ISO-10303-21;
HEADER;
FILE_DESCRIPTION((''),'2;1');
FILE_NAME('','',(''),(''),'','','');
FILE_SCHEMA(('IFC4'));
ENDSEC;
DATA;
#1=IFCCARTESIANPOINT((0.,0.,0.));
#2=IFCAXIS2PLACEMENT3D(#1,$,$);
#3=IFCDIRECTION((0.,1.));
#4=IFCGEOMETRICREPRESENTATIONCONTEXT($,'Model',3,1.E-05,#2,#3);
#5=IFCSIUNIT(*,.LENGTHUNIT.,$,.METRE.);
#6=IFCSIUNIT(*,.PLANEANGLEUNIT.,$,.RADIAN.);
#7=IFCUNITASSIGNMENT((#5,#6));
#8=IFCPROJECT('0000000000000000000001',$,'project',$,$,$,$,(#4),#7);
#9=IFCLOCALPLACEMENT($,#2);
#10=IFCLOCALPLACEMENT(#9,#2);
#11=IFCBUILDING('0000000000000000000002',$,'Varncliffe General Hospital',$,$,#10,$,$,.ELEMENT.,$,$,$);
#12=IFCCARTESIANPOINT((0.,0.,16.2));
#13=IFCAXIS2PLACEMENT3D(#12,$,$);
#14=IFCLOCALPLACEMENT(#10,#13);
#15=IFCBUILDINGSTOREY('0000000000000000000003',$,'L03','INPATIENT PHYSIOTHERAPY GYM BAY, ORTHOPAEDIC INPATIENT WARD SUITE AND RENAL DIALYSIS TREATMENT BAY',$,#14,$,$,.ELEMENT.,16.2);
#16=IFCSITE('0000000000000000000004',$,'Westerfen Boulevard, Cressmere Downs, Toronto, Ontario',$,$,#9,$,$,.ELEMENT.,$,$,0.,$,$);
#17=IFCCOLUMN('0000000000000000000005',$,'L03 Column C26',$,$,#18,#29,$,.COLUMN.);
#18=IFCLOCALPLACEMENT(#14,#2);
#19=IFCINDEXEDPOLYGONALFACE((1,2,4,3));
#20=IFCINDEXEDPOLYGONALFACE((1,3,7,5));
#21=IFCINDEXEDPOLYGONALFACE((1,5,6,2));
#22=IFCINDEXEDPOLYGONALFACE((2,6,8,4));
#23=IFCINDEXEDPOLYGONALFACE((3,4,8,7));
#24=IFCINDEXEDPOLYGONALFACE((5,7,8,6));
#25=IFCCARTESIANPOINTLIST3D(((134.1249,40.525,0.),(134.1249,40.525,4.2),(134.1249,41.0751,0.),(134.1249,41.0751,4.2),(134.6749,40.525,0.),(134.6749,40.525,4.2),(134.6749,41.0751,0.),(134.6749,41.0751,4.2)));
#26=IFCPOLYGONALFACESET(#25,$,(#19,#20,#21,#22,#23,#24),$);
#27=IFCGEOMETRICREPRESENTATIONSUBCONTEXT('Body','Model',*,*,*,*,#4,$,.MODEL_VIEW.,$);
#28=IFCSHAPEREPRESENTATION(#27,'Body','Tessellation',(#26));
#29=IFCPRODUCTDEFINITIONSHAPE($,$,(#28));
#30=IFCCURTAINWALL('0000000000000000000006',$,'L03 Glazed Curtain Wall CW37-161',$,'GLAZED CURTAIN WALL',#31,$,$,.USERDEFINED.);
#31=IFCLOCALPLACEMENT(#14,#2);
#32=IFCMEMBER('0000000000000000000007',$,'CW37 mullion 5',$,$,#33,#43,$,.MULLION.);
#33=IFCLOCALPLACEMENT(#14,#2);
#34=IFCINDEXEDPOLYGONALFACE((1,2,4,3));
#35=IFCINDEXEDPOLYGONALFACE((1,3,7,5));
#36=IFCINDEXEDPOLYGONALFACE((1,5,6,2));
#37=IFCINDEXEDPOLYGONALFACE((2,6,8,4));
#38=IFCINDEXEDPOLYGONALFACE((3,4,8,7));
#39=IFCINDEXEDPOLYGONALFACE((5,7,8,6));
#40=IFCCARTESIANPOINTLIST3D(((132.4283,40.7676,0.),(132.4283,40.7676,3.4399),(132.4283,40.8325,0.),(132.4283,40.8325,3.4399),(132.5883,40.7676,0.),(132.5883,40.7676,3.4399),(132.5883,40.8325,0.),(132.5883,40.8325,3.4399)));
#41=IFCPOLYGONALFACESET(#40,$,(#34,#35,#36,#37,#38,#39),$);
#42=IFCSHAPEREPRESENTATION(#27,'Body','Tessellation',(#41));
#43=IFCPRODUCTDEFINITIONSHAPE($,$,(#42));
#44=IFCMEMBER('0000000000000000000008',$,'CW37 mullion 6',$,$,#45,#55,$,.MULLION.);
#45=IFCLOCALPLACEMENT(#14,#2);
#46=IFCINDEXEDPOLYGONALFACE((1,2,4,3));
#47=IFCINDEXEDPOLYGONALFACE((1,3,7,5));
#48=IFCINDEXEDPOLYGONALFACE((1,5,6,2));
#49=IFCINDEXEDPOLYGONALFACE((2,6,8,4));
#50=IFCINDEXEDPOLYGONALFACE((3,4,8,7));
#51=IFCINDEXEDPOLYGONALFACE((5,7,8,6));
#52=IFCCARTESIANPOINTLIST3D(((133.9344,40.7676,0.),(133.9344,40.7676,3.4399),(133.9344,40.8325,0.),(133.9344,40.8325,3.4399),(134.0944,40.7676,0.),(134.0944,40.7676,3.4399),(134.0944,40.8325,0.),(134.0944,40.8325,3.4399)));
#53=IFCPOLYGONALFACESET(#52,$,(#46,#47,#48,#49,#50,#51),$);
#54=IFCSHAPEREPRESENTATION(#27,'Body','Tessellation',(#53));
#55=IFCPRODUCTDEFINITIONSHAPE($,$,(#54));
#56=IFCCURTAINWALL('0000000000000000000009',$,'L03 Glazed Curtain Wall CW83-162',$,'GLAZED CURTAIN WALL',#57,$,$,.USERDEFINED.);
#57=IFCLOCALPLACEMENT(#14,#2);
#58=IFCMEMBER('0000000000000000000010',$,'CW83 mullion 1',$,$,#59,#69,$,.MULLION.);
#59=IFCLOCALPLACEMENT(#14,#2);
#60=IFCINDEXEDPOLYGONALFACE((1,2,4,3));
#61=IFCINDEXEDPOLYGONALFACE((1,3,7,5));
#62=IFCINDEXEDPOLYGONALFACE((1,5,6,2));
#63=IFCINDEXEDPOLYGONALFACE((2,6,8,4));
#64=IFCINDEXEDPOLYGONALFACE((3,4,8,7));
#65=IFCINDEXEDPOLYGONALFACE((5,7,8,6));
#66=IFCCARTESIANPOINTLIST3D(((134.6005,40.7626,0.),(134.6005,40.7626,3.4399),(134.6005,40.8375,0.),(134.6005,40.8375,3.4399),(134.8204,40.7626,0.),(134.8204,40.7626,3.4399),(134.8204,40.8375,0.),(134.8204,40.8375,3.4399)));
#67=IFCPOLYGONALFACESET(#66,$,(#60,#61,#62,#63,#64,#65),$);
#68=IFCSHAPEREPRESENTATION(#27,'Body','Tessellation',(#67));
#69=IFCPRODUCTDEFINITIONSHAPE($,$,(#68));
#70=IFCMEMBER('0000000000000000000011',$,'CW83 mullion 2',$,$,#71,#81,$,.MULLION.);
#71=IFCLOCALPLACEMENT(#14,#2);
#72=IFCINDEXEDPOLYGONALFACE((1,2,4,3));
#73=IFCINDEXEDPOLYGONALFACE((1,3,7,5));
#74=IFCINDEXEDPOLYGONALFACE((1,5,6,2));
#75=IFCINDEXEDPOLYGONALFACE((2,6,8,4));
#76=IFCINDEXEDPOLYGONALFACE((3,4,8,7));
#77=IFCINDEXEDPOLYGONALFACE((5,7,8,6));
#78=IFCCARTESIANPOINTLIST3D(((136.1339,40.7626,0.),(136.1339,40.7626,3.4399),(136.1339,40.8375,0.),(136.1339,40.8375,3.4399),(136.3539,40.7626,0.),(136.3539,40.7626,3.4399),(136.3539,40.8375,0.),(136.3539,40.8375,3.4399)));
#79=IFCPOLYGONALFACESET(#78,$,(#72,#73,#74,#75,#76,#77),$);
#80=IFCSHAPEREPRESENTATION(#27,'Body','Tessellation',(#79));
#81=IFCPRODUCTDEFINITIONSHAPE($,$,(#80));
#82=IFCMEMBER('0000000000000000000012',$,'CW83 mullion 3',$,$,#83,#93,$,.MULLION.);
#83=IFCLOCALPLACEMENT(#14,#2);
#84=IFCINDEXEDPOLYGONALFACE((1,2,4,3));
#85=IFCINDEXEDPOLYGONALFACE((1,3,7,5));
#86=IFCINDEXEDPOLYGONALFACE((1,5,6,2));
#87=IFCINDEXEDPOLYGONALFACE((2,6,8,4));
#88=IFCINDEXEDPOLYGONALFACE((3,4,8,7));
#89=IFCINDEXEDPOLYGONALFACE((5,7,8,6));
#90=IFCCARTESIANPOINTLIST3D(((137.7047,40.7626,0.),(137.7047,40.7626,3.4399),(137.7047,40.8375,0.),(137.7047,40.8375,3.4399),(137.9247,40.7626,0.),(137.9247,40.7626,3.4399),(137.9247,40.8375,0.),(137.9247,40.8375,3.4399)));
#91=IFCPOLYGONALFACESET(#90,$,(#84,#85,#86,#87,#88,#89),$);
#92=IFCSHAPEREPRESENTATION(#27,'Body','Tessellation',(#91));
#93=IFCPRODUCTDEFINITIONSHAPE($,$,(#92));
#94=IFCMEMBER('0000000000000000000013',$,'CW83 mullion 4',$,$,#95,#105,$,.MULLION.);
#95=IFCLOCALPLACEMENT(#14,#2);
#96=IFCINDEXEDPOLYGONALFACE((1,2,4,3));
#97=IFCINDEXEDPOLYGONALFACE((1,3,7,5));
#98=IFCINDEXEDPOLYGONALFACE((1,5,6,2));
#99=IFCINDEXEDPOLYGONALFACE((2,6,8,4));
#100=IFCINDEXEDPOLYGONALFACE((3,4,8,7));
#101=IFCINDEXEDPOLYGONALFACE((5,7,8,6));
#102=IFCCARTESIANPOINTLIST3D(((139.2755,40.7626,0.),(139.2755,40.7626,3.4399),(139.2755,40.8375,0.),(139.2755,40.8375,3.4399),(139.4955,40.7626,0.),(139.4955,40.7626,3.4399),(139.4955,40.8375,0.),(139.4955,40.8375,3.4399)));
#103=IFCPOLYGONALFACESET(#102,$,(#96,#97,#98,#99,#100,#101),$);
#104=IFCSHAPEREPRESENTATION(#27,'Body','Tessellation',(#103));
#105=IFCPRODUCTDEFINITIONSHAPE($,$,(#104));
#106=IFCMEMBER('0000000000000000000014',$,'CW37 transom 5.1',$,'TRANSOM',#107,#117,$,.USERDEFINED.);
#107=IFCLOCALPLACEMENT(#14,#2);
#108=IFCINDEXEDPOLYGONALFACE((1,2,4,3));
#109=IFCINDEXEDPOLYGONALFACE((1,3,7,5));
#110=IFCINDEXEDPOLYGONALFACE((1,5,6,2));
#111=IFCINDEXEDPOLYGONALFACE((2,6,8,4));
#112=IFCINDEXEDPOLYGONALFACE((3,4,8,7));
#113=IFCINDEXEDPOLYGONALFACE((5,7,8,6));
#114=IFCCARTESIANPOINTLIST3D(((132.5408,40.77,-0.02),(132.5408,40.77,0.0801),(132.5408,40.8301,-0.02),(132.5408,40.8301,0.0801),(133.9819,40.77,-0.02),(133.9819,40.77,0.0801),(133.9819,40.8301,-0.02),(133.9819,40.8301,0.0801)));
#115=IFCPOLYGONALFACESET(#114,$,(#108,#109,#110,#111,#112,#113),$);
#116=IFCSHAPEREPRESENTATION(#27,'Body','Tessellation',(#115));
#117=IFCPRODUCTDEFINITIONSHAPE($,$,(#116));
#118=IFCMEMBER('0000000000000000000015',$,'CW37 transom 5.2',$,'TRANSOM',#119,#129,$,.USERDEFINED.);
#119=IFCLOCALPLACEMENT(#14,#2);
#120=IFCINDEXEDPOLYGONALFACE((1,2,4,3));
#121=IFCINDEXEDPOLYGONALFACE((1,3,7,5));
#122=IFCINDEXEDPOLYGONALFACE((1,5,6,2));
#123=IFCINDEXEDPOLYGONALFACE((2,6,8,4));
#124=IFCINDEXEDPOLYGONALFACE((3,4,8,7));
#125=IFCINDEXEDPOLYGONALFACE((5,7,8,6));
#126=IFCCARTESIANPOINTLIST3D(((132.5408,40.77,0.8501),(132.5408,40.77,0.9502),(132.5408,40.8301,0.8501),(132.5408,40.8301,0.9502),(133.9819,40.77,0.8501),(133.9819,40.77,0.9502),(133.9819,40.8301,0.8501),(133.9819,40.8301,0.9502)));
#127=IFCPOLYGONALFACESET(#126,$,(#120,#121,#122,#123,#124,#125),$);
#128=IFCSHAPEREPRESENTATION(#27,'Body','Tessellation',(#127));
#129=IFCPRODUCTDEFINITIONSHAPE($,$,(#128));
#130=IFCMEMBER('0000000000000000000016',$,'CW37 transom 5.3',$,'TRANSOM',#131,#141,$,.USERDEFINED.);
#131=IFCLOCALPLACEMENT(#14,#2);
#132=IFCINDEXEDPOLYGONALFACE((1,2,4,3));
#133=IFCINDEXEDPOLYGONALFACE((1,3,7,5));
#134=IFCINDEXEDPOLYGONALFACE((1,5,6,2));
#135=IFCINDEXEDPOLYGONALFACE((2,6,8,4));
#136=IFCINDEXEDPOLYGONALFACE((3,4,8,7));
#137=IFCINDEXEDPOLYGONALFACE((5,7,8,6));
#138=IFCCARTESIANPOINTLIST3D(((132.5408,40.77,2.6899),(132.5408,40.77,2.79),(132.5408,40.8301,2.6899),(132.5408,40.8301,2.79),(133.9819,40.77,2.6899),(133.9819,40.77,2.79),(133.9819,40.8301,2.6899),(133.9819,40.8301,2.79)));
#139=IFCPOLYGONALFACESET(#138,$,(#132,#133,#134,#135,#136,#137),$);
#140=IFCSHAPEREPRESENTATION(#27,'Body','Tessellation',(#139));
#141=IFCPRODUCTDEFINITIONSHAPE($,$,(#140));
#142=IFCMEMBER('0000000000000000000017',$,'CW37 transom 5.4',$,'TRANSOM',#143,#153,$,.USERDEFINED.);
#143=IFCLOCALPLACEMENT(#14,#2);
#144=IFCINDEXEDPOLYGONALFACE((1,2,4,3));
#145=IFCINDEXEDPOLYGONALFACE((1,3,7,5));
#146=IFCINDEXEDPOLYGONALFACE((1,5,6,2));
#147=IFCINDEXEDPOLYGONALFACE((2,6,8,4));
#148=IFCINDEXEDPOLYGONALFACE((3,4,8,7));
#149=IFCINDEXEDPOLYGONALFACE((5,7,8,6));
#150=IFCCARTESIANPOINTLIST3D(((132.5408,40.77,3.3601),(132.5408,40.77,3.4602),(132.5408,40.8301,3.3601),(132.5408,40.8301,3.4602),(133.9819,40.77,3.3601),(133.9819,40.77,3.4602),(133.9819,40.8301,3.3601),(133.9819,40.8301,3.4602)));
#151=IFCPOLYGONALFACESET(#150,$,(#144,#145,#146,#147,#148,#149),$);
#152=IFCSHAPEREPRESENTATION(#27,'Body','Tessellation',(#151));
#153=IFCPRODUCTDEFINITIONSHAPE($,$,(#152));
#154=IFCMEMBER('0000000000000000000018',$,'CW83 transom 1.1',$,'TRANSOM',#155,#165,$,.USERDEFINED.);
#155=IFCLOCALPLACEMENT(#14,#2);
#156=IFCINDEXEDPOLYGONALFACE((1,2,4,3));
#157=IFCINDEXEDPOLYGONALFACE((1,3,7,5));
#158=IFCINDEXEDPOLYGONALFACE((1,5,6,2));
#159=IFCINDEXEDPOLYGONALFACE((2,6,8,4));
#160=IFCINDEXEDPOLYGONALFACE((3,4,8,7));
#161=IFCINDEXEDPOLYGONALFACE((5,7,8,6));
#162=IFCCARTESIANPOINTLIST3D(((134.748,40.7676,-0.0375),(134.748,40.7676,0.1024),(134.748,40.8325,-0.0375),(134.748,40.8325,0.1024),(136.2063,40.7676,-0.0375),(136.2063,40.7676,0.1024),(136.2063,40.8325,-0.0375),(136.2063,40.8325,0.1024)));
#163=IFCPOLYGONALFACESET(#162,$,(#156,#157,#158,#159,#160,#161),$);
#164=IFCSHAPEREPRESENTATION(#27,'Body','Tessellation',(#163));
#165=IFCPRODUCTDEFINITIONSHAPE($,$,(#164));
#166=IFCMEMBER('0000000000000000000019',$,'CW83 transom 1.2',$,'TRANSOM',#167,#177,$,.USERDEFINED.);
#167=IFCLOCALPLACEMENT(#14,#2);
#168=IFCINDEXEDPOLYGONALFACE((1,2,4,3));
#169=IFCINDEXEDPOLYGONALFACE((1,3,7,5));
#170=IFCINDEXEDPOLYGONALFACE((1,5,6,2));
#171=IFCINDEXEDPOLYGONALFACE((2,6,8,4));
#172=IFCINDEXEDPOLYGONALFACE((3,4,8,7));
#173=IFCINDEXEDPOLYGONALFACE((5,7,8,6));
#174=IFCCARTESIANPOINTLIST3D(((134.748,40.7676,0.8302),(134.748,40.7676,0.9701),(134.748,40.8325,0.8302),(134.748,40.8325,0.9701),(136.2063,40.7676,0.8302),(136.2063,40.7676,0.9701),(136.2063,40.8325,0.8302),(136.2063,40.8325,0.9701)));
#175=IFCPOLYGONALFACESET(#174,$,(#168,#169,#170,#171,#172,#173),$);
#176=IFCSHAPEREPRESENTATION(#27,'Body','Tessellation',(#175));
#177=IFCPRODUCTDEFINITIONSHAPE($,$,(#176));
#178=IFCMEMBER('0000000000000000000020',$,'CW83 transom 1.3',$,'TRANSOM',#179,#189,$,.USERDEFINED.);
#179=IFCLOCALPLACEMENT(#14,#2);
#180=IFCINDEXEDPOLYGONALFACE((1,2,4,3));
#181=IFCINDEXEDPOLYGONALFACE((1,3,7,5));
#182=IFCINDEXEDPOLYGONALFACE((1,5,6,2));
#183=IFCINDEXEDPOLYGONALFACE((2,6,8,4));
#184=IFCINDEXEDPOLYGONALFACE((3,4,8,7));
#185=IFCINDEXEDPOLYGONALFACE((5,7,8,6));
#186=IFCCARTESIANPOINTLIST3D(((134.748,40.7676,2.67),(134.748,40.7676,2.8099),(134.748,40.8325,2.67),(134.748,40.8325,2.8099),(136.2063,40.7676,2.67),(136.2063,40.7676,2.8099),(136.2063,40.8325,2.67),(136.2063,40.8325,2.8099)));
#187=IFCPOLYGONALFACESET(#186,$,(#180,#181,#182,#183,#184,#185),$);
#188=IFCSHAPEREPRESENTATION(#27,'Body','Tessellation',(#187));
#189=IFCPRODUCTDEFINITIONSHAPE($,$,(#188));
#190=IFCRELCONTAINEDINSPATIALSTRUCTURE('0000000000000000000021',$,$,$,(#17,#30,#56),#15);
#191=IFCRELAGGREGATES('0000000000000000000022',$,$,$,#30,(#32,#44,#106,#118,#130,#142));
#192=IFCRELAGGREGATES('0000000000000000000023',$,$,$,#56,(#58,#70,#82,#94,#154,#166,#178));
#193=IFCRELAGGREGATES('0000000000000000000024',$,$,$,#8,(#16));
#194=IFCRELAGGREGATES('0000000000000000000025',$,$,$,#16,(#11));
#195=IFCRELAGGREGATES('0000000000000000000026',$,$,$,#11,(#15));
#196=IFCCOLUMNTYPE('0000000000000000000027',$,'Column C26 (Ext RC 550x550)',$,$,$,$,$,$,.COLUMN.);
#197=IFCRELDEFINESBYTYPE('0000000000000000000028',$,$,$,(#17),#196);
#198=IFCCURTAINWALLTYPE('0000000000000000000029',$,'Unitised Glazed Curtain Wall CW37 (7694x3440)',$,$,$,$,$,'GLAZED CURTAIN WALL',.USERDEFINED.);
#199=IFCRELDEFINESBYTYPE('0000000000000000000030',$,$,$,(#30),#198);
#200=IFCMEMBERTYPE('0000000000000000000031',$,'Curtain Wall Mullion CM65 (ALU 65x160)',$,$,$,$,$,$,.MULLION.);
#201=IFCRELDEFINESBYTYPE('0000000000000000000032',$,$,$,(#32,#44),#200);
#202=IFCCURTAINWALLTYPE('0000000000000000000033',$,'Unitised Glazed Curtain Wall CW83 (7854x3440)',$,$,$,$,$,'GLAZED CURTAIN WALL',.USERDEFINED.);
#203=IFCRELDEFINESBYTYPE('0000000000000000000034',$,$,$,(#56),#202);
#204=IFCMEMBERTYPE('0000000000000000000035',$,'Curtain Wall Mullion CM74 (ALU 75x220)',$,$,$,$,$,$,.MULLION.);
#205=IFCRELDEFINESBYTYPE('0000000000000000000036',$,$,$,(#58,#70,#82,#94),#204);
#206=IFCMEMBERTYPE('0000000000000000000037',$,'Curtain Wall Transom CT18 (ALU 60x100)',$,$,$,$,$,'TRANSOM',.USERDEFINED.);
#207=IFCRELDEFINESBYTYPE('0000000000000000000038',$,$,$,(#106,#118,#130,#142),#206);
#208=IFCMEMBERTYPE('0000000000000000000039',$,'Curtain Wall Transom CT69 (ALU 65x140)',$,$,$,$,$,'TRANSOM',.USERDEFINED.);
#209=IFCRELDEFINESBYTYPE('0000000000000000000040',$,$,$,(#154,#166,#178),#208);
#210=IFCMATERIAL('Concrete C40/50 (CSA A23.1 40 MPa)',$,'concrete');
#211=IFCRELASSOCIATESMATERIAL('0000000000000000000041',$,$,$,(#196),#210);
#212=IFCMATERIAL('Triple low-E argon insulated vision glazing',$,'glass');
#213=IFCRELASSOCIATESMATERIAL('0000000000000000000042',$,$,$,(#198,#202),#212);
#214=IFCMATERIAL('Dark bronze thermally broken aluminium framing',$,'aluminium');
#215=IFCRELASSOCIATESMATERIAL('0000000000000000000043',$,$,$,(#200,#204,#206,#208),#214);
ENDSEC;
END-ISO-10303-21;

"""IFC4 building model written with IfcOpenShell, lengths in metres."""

from ifc_helpers import new_model, si_unit, direction, frame, origin, origin_2d, place, context, subcontext, project, spatial, rectangle, extrude, material, material_profile, profile_set, type_object, element, aggregate, save


model = new_model("IFC4")

# Units and contexts
model_context = context("Model", 3, precision=1e-05, world=origin(), true_north=direction((0.0, 1.0)))
body_context = subcontext(model_context, "Body", "Model", "MODEL_VIEW")
ifc_project = project(units=[si_unit("LENGTHUNIT", "METRE"), si_unit("PLANEANGLEUNIT", "RADIAN")], contexts=[model_context])

# Site, building, storey
site_placement = place(None, origin())
site = spatial("IfcSite", under=ifc_project, at=site_placement, Name="Westerfen Boulevard, Cressmere Downs, Toronto, Ontario", CompositionType="ELEMENT", RefElevation=0.0)
building_placement = place(site_placement, origin())
building = spatial("IfcBuilding", under=site, at=building_placement, Name="Varncliffe General Hospital", CompositionType="ELEMENT")
storey_placement = place(building_placement, frame((0.0, 0.0, 16.2)))
storey = spatial("IfcBuildingStorey", under=building, at=storey_placement, Name="L03", Description="INPATIENT PHYSIOTHERAPY GYM BAY, ORTHOPAEDIC INPATIENT WARD SUITE AND RENAL DIALYSIS TREATMENT BAY", CompositionType="ELEMENT", Elevation=16.2)

# Column
ifc_material_1 = material(Name="Concrete C40/50 (CSA A23.1 40 MPa)", Category="concrete")
ifc_material_profile_1 = material_profile(ifc_material_1, rectangle(XDim=0.55, YDim=0.55, at=origin_2d()), Name="RC 550x550")
ifc_profile_set_1 = profile_set([ifc_material_profile_1], Name="Concrete C40/50 (CSA A23.1 40 MPa)")
column_type = type_object("IfcColumnType", Name="Column C26 (Ext RC 550x550)", PredefinedType="COLUMN", material=ifc_profile_set_1)
column_placement = place(storey_placement, frame((134.3999, 40.8, 0.0), z_axis=(0.0, 0.0, 1.0), x_axis=(1.0, 0.0, 0.0)))
element("IfcColumn", 1, at=column_placement, inside=storey, type_object=column_type, Name="L03 Column C26", PredefinedType="COLUMN", context=body_context, shape_type="SweptSolid", body=[
    extrude(rectangle(XDim=0.55, YDim=0.55, at=origin_2d()), origin(), (0.0, 0.0, 1.0), 4.2),
])

# Curtain walls, members
ifc_material_2 = material(Name="Triple low-E argon insulated vision glazing", Category="glass")
curtain_wall_type_1 = type_object("IfcCurtainWallType", Name="Unitised Glazed Curtain Wall CW37 (7694x3440)", ElementType="GLAZED CURTAIN WALL", PredefinedType="USERDEFINED", material=ifc_material_2)
curtain_wall_1_placement = place(storey_placement, origin())
curtain_wall_1 = element("IfcCurtainWall", 2, at=curtain_wall_1_placement, inside=storey, type_object=curtain_wall_type_1, Name="L03 Glazed Curtain Wall CW37-161", ObjectType="GLAZED CURTAIN WALL", PredefinedType="USERDEFINED")
ifc_material_3 = material(Name="Dark bronze thermally broken aluminium framing", Category="aluminium")
ifc_material_profile_2 = material_profile(ifc_material_3, rectangle(XDim=0.0649, YDim=0.1599, at=origin_2d()), Name="ALU 65x160")
ifc_profile_set_2 = profile_set([ifc_material_profile_2], Name="Dark bronze thermally broken aluminium framing")
member_type_1 = type_object("IfcMemberType", Name="Curtain Wall Mullion CM65 (ALU 65x160)", PredefinedType="MULLION", material=ifc_profile_set_2)
member_1_placement = place(storey_placement, frame((132.5083, 40.8, 0.0), z_axis=(0.0, 0.0, 1.0), x_axis=(0.0, 1.0, 0.0)))
member_1 = element("IfcMember", 3, at=member_1_placement, type_object=member_type_1, Name="CW37 mullion 5", PredefinedType="MULLION", context=body_context, shape_type="SweptSolid", body=[
    extrude(rectangle(XDim=0.0649, YDim=0.1599, at=origin_2d()), origin(), (0.0, 0.0, 1.0), 3.4399),
])
member_2_placement = place(storey_placement, frame((134.0144, 40.8, 0.0), z_axis=(0.0, 0.0, 1.0), x_axis=(0.0, 1.0, 0.0)))
member_2 = element("IfcMember", 4, at=member_2_placement, type_object=member_type_1, Name="CW37 mullion 6", PredefinedType="MULLION", context=body_context, shape_type="SweptSolid", body=[
    extrude(rectangle(XDim=0.0649, YDim=0.1599, at=origin_2d()), origin(), (0.0, 0.0, 1.0), 3.4399),
])
curtain_wall_type_2 = type_object("IfcCurtainWallType", Name="Unitised Glazed Curtain Wall CW83 (7854x3440)", ElementType="GLAZED CURTAIN WALL", PredefinedType="USERDEFINED", material=ifc_material_2)
curtain_wall_2_placement = place(storey_placement, origin())
curtain_wall_2 = element("IfcCurtainWall", 5, at=curtain_wall_2_placement, inside=storey, type_object=curtain_wall_type_2, Name="L03 Glazed Curtain Wall CW83-162", ObjectType="GLAZED CURTAIN WALL", PredefinedType="USERDEFINED")
ifc_material_profile_3 = material_profile(ifc_material_3, rectangle(XDim=0.075, YDim=0.22, at=origin_2d()), Name="ALU 75x220")
ifc_profile_set_3 = profile_set([ifc_material_profile_3], Name="Dark bronze thermally broken aluminium framing")
member_type_2 = type_object("IfcMemberType", Name="Curtain Wall Mullion CM74 (ALU 75x220)", PredefinedType="MULLION", material=ifc_profile_set_3)
member_3_placement = place(storey_placement, frame((134.7104, 40.8, 0.0), z_axis=(0.0, 0.0, 1.0), x_axis=(0.0, 1.0, 0.0)))
member_3 = element("IfcMember", 6, at=member_3_placement, type_object=member_type_2, Name="CW83 mullion 1", PredefinedType="MULLION", context=body_context, shape_type="SweptSolid", body=[
    extrude(rectangle(XDim=0.075, YDim=0.22, at=origin_2d()), origin(), (0.0, 0.0, 1.0), 3.4399),
])
member_4_placement = place(storey_placement, frame((136.2439, 40.8, 0.0), z_axis=(0.0, 0.0, 1.0), x_axis=(0.0, 1.0, 0.0)))
member_4 = element("IfcMember", 7, at=member_4_placement, type_object=member_type_2, Name="CW83 mullion 2", PredefinedType="MULLION", context=body_context, shape_type="SweptSolid", body=[
    extrude(rectangle(XDim=0.075, YDim=0.22, at=origin_2d()), origin(), (0.0, 0.0, 1.0), 3.4399),
])
member_5_placement = place(storey_placement, frame((137.8147, 40.8, 0.0), z_axis=(0.0, 0.0, 1.0), x_axis=(0.0, 1.0, 0.0)))
member_5 = element("IfcMember", 8, at=member_5_placement, type_object=member_type_2, Name="CW83 mullion 3", PredefinedType="MULLION", context=body_context, shape_type="SweptSolid", body=[
    extrude(rectangle(XDim=0.075, YDim=0.22, at=origin_2d()), origin(), (0.0, 0.0, 1.0), 3.4399),
])
member_6_placement = place(storey_placement, frame((139.3855, 40.8, 0.0), z_axis=(0.0, 0.0, 1.0), x_axis=(0.0, 1.0, 0.0)))
member_6 = element("IfcMember", 9, at=member_6_placement, type_object=member_type_2, Name="CW83 mullion 4", PredefinedType="MULLION", context=body_context, shape_type="SweptSolid", body=[
    extrude(rectangle(XDim=0.075, YDim=0.22, at=origin_2d()), origin(), (0.0, 0.0, 1.0), 3.4399),
])

# Members
ifc_material_profile_4 = material_profile(ifc_material_3, rectangle(XDim=0.0601, YDim=0.1001, at=origin_2d()), Name="ALU 60x100")
ifc_profile_set_4 = profile_set([ifc_material_profile_4], Name="Dark bronze thermally broken aluminium framing")
member_type_3 = type_object("IfcMemberType", Name="Curtain Wall Transom CT18 (ALU 60x100)", ElementType="TRANSOM", PredefinedType="USERDEFINED", material=ifc_profile_set_4)
member_7_placement = place(storey_placement, frame((132.5408, 40.8, 0.03), z_axis=(1.0, 0.0, 0.0), x_axis=(0.0, 1.0, 0.0)))
member_7 = element("IfcMember", 10, at=member_7_placement, type_object=member_type_3, Name="CW37 transom 5.1", ObjectType="TRANSOM", PredefinedType="USERDEFINED", context=body_context, shape_type="SweptSolid", body=[
    extrude(rectangle(XDim=0.0601, YDim=0.1001, at=origin_2d()), origin(), (0.0, 0.0, 1.0), 1.4412),
])
member_8_placement = place(storey_placement, frame((132.5408, 40.8, 0.9001), z_axis=(1.0, 0.0, 0.0), x_axis=(0.0, 1.0, 0.0)))
member_8 = element("IfcMember", 11, at=member_8_placement, type_object=member_type_3, Name="CW37 transom 5.2", ObjectType="TRANSOM", PredefinedType="USERDEFINED", context=body_context, shape_type="SweptSolid", body=[
    extrude(rectangle(XDim=0.0601, YDim=0.1001, at=origin_2d()), origin(), (0.0, 0.0, 1.0), 1.4412),
])
member_9_placement = place(storey_placement, frame((132.5408, 40.8, 2.74), z_axis=(1.0, 0.0, 0.0), x_axis=(0.0, 1.0, 0.0)))
member_9 = element("IfcMember", 12, at=member_9_placement, type_object=member_type_3, Name="CW37 transom 5.3", ObjectType="TRANSOM", PredefinedType="USERDEFINED", context=body_context, shape_type="SweptSolid", body=[
    extrude(rectangle(XDim=0.0601, YDim=0.1001, at=origin_2d()), origin(), (0.0, 0.0, 1.0), 1.4412),
])
member_10_placement = place(storey_placement, frame((132.5408, 40.8, 3.4102), z_axis=(1.0, 0.0, 0.0), x_axis=(0.0, 1.0, 0.0)))
member_10 = element("IfcMember", 13, at=member_10_placement, type_object=member_type_3, Name="CW37 transom 5.4", ObjectType="TRANSOM", PredefinedType="USERDEFINED", context=body_context, shape_type="SweptSolid", body=[
    extrude(rectangle(XDim=0.0601, YDim=0.1001, at=origin_2d()), origin(), (0.0, 0.0, 1.0), 1.4412),
])
ifc_material_profile_5 = material_profile(ifc_material_3, rectangle(XDim=0.0649, YDim=0.1399, at=origin_2d()), Name="ALU 65x140")
ifc_profile_set_5 = profile_set([ifc_material_profile_5], Name="Dark bronze thermally broken aluminium framing")
member_type_4 = type_object("IfcMemberType", Name="Curtain Wall Transom CT69 (ALU 65x140)", ElementType="TRANSOM", PredefinedType="USERDEFINED", material=ifc_profile_set_5)
member_11_placement = place(storey_placement, frame((134.748, 40.8, 0.0325), z_axis=(1.0, 0.0, 0.0), x_axis=(0.0, 1.0, 0.0)))
member_11 = element("IfcMember", 14, at=member_11_placement, type_object=member_type_4, Name="CW83 transom 1.1", ObjectType="TRANSOM", PredefinedType="USERDEFINED", context=body_context, shape_type="SweptSolid", body=[
    extrude(rectangle(XDim=0.0649, YDim=0.1399, at=origin_2d()), origin(), (0.0, 0.0, 1.0), 1.4583),
])
member_12_placement = place(storey_placement, frame((134.748, 40.8, 0.9001), z_axis=(1.0, 0.0, 0.0), x_axis=(0.0, 1.0, 0.0)))
member_12 = element("IfcMember", 15, at=member_12_placement, type_object=member_type_4, Name="CW83 transom 1.2", ObjectType="TRANSOM", PredefinedType="USERDEFINED", context=body_context, shape_type="SweptSolid", body=[
    extrude(rectangle(XDim=0.0649, YDim=0.1399, at=origin_2d()), origin(), (0.0, 0.0, 1.0), 1.4583),
])
member_13_placement = place(storey_placement, frame((134.748, 40.8, 2.74), z_axis=(1.0, 0.0, 0.0), x_axis=(0.0, 1.0, 0.0)))
member_13 = element("IfcMember", 16, at=member_13_placement, type_object=member_type_4, Name="CW83 transom 1.3", ObjectType="TRANSOM", PredefinedType="USERDEFINED", context=body_context, shape_type="SweptSolid", body=[
    extrude(rectangle(XDim=0.0649, YDim=0.1399, at=origin_2d()), origin(), (0.0, 0.0, 1.0), 1.4583),
])

aggregate(curtain_wall_1, [member_1, member_2, member_7, member_8, member_9, member_10])
aggregate(curtain_wall_2, [member_3, member_4, member_5, member_6, member_11, member_12, member_13])

save(model, "model.ifc")
